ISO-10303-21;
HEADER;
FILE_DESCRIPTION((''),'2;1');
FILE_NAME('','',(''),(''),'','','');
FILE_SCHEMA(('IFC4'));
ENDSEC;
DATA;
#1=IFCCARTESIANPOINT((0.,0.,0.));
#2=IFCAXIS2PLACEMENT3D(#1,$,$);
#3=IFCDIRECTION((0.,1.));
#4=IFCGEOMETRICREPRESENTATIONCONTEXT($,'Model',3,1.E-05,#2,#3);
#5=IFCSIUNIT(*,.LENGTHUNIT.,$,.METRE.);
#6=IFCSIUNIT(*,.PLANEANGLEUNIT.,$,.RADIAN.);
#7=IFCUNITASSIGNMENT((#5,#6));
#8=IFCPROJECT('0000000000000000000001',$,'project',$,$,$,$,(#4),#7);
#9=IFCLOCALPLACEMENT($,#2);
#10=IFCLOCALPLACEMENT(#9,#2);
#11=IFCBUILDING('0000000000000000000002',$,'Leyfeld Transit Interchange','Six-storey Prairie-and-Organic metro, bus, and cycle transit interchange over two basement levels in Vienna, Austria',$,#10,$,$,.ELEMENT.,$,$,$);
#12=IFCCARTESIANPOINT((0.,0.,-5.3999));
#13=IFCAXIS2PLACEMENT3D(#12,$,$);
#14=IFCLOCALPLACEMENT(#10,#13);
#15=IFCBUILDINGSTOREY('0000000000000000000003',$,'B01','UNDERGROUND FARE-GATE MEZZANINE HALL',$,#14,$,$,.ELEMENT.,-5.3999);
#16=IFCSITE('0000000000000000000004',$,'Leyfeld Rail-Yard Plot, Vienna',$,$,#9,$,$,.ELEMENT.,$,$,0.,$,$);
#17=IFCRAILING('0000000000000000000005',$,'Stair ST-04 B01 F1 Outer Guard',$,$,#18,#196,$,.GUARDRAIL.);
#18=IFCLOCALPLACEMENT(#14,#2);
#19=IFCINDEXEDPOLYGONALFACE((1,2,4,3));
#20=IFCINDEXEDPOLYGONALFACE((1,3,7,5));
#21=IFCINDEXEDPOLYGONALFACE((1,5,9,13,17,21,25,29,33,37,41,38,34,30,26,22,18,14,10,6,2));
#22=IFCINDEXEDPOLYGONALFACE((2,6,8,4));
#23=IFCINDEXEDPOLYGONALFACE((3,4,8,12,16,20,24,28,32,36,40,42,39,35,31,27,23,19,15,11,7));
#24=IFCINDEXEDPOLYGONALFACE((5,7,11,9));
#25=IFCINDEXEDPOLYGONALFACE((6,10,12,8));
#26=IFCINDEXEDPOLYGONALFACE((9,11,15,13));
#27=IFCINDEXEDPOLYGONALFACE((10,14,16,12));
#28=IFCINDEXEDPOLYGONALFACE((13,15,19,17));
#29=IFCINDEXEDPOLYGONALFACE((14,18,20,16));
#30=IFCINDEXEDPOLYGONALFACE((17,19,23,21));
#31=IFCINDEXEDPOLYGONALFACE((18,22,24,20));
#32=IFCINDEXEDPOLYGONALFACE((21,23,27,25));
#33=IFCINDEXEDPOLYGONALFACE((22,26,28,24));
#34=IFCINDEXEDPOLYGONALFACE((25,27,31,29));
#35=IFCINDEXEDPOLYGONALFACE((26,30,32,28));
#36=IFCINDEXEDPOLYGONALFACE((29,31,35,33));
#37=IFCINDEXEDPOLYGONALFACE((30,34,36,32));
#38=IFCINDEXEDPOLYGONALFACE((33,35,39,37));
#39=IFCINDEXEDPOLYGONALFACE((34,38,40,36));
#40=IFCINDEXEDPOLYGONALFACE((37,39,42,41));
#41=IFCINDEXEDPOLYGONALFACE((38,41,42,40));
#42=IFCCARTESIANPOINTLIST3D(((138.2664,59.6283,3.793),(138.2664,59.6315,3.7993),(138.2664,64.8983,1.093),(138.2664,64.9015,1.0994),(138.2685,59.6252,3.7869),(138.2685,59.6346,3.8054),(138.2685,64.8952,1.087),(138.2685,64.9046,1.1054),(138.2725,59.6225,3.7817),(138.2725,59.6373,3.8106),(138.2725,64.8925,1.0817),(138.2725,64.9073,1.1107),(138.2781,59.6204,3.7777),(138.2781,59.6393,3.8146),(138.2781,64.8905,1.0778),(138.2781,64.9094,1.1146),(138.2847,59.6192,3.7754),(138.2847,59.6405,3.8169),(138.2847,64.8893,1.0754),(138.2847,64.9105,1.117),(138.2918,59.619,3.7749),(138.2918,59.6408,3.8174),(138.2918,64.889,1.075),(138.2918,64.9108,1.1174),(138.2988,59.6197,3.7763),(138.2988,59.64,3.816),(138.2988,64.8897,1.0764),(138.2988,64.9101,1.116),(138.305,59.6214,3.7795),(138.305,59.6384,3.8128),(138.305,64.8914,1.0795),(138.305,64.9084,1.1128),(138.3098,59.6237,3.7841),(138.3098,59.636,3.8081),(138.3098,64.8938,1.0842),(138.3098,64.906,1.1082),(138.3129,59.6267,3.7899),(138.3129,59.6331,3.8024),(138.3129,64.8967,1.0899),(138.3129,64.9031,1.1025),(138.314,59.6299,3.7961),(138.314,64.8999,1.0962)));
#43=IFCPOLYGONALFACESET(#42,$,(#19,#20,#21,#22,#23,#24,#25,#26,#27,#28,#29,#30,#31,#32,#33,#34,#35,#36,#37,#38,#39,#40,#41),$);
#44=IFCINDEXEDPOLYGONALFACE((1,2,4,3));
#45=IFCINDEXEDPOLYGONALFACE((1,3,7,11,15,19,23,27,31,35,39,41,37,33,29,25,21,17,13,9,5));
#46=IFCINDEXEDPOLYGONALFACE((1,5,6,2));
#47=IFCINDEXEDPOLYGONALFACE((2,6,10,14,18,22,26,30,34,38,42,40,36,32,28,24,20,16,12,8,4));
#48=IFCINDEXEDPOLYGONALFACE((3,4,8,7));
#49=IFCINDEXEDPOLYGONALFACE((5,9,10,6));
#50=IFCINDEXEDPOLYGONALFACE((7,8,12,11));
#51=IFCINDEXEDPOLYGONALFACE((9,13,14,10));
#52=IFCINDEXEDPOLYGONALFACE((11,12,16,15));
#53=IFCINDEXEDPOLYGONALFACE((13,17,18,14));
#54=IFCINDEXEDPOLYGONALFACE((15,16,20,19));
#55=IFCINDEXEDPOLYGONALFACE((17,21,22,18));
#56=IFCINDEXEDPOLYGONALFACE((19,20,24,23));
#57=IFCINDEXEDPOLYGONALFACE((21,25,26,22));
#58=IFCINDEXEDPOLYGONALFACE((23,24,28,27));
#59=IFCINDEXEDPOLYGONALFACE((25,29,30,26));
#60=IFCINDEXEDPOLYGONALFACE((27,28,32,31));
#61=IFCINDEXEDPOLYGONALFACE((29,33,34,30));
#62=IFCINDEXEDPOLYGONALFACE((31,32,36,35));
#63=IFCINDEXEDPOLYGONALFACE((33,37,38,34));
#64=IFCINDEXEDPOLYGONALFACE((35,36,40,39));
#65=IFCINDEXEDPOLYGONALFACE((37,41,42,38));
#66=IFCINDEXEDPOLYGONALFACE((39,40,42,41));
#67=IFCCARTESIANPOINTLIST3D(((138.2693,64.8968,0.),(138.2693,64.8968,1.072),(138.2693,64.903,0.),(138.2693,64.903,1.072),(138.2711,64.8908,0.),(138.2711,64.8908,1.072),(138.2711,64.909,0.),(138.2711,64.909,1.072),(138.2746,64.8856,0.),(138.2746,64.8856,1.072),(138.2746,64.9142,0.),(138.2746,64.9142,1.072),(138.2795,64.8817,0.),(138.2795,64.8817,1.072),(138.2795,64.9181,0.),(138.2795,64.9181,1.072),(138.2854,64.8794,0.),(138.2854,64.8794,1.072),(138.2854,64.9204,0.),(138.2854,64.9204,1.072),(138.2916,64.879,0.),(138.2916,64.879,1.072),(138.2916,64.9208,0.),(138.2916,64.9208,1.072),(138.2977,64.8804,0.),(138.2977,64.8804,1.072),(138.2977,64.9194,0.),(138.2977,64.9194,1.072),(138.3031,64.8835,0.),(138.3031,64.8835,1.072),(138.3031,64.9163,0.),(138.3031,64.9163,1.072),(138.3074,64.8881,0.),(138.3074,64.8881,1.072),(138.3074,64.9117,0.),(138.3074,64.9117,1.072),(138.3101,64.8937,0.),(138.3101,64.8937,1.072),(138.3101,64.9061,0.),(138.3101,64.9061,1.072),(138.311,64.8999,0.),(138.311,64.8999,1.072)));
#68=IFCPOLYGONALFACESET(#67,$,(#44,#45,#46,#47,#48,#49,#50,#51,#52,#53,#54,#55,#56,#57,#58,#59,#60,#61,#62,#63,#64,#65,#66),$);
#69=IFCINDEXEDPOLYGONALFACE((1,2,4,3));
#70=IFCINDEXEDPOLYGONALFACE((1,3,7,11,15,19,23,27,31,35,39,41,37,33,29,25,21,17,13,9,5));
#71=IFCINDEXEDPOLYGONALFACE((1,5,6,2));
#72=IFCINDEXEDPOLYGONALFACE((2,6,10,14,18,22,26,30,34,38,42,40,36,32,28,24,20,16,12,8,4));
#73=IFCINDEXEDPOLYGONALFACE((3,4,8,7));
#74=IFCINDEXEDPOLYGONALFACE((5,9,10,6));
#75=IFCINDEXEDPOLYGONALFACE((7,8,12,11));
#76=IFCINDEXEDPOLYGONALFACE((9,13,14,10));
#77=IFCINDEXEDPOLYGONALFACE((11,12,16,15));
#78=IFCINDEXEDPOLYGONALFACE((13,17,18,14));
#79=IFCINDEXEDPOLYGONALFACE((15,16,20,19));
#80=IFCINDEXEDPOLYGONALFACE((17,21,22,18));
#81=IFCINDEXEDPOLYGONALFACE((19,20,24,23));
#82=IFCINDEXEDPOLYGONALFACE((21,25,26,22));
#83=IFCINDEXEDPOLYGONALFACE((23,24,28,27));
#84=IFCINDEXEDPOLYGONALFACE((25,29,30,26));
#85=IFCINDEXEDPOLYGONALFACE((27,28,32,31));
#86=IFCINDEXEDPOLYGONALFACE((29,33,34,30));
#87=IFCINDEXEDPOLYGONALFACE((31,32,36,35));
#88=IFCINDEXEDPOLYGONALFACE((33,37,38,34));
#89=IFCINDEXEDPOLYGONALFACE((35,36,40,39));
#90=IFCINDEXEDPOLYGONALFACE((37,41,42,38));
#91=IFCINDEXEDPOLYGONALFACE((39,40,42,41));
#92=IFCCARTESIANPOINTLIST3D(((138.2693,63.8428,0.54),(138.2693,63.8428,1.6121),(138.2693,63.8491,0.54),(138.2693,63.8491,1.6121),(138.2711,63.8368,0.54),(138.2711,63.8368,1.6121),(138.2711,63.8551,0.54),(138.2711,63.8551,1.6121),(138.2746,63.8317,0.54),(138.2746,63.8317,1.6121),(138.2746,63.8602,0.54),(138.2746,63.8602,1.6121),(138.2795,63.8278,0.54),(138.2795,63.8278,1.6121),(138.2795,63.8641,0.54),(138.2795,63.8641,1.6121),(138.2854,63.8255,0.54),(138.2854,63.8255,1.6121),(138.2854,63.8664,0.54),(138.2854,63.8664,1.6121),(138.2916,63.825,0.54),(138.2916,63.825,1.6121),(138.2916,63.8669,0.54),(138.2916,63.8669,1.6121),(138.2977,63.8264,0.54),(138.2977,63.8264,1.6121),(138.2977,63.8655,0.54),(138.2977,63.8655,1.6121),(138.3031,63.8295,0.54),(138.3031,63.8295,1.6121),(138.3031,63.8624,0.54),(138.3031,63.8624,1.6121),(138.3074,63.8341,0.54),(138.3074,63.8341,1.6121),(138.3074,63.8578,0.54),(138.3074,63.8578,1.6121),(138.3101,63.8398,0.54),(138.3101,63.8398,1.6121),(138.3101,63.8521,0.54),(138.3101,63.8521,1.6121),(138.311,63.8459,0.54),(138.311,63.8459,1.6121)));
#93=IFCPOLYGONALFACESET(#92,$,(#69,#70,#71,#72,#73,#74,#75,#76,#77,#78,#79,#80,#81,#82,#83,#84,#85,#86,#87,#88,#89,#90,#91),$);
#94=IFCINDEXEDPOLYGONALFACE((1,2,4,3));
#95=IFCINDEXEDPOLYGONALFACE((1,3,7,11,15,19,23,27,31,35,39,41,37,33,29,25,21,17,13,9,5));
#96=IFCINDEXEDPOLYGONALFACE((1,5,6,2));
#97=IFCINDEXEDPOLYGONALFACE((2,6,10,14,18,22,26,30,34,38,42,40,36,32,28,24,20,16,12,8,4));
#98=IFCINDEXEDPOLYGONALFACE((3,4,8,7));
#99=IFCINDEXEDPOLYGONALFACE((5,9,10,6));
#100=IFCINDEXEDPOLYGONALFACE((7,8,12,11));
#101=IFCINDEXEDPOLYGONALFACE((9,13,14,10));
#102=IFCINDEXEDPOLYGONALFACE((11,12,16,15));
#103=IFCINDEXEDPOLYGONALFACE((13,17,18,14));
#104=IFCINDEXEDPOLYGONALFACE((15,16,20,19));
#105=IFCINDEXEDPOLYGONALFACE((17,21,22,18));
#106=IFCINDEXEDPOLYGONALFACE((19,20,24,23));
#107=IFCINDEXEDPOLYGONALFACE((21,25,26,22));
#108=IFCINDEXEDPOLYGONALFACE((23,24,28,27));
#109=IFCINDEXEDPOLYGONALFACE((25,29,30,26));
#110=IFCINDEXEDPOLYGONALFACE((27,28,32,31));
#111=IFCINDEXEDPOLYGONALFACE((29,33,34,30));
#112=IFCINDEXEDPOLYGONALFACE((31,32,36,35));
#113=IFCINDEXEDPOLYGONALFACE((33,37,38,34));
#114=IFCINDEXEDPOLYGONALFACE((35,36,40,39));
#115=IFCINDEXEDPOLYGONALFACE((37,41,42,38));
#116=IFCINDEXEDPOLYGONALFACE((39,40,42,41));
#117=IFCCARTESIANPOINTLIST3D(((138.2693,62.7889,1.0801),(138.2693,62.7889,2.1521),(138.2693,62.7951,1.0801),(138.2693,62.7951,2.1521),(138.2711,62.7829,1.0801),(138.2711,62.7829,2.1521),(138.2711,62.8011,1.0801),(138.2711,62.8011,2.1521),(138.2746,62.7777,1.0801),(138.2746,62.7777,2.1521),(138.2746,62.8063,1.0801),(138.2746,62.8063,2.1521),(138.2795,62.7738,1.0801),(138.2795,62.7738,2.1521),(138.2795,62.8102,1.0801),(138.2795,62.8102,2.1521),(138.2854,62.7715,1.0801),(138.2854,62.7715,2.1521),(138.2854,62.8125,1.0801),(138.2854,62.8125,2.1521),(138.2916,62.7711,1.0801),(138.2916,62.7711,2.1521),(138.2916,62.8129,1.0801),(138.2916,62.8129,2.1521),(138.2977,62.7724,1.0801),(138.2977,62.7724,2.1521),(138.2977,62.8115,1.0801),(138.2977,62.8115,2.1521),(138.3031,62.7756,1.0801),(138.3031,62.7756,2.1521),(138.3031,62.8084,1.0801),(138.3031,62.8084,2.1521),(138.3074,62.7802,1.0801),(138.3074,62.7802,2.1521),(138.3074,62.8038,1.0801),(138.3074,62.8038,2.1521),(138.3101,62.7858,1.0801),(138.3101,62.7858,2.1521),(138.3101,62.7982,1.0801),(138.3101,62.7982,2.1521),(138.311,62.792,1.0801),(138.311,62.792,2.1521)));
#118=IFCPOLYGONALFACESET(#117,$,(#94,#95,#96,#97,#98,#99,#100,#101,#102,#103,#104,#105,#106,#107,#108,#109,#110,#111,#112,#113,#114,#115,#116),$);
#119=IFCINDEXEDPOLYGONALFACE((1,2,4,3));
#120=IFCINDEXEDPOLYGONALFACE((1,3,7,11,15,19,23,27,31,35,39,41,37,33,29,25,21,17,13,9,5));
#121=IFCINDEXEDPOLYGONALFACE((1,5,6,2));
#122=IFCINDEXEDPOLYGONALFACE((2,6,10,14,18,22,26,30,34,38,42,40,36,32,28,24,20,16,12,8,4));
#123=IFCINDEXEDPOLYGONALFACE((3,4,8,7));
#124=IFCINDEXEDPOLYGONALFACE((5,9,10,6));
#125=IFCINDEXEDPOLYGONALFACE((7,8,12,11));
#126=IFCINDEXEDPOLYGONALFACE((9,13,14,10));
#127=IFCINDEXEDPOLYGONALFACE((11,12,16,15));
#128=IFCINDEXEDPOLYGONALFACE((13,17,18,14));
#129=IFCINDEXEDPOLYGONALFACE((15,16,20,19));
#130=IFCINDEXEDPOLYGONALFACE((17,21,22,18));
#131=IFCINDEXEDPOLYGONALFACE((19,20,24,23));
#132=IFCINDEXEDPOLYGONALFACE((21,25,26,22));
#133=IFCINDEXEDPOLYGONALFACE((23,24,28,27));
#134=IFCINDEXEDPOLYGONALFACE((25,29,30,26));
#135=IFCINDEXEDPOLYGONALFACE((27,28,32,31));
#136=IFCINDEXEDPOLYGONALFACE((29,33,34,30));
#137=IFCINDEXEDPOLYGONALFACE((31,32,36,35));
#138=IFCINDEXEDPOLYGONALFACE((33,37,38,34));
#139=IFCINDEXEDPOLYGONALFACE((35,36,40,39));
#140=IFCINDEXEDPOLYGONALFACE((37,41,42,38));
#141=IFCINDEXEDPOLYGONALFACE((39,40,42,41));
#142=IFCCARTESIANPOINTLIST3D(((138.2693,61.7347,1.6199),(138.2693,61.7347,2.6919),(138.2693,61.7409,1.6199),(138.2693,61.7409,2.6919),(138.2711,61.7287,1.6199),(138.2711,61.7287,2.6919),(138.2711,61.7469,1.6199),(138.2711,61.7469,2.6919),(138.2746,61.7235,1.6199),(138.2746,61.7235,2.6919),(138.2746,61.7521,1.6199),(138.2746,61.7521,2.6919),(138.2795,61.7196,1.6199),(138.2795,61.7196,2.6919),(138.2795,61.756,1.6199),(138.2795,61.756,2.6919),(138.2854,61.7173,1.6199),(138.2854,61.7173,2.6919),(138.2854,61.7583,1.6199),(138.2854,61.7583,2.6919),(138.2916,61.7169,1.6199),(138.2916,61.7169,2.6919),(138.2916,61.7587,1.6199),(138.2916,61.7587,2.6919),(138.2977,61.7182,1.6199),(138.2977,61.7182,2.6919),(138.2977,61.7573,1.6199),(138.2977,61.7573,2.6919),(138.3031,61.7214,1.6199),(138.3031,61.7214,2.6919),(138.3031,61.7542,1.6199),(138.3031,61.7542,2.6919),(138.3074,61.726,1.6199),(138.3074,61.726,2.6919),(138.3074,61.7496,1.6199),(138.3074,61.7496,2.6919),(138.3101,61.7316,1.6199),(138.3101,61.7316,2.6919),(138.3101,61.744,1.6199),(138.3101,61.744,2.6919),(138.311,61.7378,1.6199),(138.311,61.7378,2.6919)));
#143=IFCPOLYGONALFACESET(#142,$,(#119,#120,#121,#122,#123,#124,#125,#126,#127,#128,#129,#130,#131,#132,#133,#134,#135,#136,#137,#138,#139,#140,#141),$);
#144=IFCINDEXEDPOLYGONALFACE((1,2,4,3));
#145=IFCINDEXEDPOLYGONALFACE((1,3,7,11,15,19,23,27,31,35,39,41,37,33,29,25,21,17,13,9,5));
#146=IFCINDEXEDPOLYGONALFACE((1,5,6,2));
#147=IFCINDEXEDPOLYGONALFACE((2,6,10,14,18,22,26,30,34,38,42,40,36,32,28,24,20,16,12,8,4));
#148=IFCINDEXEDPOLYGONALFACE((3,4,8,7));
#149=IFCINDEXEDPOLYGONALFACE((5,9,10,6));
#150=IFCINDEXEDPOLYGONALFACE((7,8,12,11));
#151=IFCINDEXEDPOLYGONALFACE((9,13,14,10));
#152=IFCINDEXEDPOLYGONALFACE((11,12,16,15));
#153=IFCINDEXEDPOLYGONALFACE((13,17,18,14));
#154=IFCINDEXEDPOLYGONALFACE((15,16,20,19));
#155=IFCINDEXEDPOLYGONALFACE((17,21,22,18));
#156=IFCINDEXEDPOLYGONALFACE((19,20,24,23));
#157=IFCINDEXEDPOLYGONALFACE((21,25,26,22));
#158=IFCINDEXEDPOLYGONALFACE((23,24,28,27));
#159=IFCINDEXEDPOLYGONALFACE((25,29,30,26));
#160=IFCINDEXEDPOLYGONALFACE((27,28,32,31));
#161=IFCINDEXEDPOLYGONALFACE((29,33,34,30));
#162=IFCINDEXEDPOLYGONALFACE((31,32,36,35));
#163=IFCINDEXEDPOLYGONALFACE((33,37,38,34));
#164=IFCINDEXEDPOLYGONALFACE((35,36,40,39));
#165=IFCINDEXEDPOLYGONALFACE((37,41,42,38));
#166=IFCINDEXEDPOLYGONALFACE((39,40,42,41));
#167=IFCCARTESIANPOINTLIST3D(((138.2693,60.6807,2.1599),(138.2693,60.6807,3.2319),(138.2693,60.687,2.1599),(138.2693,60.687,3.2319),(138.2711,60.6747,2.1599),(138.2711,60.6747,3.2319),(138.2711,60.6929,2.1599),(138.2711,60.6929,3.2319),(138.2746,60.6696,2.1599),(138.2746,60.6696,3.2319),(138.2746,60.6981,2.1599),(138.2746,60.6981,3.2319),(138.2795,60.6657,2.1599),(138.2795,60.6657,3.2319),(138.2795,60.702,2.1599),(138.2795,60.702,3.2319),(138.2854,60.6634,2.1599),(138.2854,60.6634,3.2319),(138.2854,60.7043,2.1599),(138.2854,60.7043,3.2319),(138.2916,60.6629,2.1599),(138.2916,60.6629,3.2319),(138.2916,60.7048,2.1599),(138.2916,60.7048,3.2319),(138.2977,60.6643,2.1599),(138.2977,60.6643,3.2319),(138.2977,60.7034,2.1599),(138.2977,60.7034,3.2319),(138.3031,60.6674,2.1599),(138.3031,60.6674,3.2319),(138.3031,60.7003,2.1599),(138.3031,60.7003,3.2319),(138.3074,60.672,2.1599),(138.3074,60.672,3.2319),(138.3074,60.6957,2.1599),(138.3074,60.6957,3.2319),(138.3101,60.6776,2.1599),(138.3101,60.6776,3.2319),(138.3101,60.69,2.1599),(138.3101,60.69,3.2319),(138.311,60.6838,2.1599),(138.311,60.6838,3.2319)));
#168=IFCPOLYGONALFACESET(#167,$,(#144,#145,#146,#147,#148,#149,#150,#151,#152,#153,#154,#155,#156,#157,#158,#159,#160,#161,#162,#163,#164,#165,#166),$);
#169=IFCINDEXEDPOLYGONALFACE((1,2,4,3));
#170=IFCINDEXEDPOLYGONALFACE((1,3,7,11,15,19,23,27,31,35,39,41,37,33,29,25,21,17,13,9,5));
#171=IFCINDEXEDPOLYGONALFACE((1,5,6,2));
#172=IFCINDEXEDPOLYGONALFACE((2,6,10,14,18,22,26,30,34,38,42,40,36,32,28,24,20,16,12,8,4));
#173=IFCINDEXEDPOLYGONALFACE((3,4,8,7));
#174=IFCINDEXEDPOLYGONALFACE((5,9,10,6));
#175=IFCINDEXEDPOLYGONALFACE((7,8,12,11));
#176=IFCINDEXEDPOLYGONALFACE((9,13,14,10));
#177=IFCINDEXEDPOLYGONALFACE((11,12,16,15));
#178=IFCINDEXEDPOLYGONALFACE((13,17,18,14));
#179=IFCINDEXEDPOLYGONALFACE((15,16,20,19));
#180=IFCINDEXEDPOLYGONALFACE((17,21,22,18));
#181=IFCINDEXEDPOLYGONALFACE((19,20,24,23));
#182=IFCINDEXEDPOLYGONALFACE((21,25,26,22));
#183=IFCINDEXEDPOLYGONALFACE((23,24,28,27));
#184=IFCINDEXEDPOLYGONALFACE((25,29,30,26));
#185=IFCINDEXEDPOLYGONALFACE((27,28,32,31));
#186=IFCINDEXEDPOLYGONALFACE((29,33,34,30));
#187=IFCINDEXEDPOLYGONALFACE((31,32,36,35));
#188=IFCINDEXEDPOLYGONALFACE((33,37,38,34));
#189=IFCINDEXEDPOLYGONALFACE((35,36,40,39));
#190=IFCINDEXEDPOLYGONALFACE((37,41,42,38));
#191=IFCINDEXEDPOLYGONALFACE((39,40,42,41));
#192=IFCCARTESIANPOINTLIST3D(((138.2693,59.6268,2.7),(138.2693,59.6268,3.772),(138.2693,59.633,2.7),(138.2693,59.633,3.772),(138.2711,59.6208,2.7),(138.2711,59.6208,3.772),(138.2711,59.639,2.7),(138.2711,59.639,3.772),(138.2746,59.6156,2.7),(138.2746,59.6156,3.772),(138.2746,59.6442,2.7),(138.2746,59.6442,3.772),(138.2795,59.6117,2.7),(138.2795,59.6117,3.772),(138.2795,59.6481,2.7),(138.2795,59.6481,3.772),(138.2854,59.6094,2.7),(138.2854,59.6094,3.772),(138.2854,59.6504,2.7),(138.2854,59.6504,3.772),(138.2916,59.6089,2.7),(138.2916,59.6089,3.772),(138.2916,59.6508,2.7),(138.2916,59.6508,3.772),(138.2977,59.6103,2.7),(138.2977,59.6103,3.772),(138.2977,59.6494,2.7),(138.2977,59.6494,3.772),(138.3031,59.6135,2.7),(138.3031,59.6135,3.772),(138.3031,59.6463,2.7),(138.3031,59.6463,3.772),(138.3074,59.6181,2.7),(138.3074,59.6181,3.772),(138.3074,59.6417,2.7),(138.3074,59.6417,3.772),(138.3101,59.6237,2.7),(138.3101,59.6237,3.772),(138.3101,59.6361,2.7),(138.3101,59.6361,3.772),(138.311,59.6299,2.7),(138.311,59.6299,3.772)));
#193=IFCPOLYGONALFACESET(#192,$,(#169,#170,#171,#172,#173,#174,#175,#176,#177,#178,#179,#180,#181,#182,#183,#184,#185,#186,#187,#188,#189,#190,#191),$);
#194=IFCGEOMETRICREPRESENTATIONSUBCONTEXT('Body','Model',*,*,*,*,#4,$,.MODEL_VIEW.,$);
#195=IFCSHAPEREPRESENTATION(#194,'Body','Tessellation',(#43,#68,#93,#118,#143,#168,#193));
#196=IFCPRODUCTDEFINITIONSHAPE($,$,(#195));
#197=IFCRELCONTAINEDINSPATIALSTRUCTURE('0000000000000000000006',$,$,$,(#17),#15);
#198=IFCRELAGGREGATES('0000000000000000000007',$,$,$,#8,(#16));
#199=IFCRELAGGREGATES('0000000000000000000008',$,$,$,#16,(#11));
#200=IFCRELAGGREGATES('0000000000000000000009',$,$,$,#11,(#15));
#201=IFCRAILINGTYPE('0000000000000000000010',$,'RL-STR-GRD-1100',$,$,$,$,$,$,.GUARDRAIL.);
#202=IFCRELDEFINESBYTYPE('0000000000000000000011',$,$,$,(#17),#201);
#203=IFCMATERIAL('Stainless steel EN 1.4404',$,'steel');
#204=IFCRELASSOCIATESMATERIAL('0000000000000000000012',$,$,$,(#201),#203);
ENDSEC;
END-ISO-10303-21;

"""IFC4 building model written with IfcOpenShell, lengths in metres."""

from ifc_helpers import new_model, si_unit, direction, frame, origin, origin_2d, place, context, subcontext, project, spatial, circle, extrude, material, type_object, element, save


model = new_model("IFC4")

# Units and contexts
model_context = context("Model", 3, precision=1e-05, world=origin(), true_north=direction((0.0, 1.0)))
body_context = subcontext(model_context, "Body", "Model", "MODEL_VIEW")
ifc_project = project(units=[si_unit("LENGTHUNIT", "METRE"), si_unit("PLANEANGLEUNIT", "RADIAN")], contexts=[model_context])

# Site, building, storey
site_placement = place(None, origin())
site = spatial("IfcSite", under=ifc_project, at=site_placement, Name="Leyfeld Rail-Yard Plot, Vienna", CompositionType="ELEMENT", RefElevation=0.0)
building_placement = place(site_placement, origin())
building = spatial("IfcBuilding", under=site, at=building_placement, Name="Leyfeld Transit Interchange", Description="Six-storey Prairie-and-Organic metro, bus, and cycle transit interchange over two basement levels in Vienna, Austria", CompositionType="ELEMENT")
storey_placement = place(building_placement, frame((0.0, 0.0, -5.3999)))
storey = spatial("IfcBuildingStorey", under=building, at=storey_placement, Name="B01", Description="UNDERGROUND FARE-GATE MEZZANINE HALL", CompositionType="ELEMENT", Elevation=-5.3999)

# Railing
ifc_material_1 = material(Name="Stainless steel EN 1.4404", Category="steel")
railing_type_1 = type_object("IfcRailingType", Name="RL-STR-GRD-1100", PredefinedType="GUARDRAIL", material=ifc_material_1)
railing_1_placement = place(storey_placement, frame((138.29, 64.8999, 0.0)))
element("IfcRailing", 1, at=railing_1_placement, inside=storey, type_object=railing_type_1, Name="Stair ST-04 B01 F1 Outer Guard", PredefinedType="GUARDRAIL", context=body_context, shape_type="SweptSolid", body=[
    extrude(circle(Radius=0.0239, at=origin_2d()), frame((0.0, 0.0, 1.0962), z_axis=(0.0, -0.889997, 0.455966), x_axis=(1.0, 0.0, 0.0)), (0.0, 0.0, 1.0), 5.9214),
    extrude(circle(Radius=0.021, at=origin_2d()), origin(), (0.0, 0.0, 1.0), 1.072),
    extrude(circle(Radius=0.021, at=origin_2d()), frame((0.0, -1.054, 0.54)), (0.0, 0.0, 1.0), 1.072),
    extrude(circle(Radius=0.021, at=origin_2d()), frame((0.0, -2.1079, 1.0801)), (0.0, 0.0, 1.0), 1.072),
    extrude(circle(Radius=0.021, at=origin_2d()), frame((0.0, -3.1621, 1.6199)), (0.0, 0.0, 1.0), 1.072),
    extrude(circle(Radius=0.021, at=origin_2d()), frame((0.0, -4.2161, 2.1599)), (0.0, 0.0, 1.0), 1.072),
    extrude(circle(Radius=0.021, at=origin_2d()), frame((0.0, -5.27, 2.7)), (0.0, 0.0, 1.0), 1.072),
])

save(model, "model.ifc")
